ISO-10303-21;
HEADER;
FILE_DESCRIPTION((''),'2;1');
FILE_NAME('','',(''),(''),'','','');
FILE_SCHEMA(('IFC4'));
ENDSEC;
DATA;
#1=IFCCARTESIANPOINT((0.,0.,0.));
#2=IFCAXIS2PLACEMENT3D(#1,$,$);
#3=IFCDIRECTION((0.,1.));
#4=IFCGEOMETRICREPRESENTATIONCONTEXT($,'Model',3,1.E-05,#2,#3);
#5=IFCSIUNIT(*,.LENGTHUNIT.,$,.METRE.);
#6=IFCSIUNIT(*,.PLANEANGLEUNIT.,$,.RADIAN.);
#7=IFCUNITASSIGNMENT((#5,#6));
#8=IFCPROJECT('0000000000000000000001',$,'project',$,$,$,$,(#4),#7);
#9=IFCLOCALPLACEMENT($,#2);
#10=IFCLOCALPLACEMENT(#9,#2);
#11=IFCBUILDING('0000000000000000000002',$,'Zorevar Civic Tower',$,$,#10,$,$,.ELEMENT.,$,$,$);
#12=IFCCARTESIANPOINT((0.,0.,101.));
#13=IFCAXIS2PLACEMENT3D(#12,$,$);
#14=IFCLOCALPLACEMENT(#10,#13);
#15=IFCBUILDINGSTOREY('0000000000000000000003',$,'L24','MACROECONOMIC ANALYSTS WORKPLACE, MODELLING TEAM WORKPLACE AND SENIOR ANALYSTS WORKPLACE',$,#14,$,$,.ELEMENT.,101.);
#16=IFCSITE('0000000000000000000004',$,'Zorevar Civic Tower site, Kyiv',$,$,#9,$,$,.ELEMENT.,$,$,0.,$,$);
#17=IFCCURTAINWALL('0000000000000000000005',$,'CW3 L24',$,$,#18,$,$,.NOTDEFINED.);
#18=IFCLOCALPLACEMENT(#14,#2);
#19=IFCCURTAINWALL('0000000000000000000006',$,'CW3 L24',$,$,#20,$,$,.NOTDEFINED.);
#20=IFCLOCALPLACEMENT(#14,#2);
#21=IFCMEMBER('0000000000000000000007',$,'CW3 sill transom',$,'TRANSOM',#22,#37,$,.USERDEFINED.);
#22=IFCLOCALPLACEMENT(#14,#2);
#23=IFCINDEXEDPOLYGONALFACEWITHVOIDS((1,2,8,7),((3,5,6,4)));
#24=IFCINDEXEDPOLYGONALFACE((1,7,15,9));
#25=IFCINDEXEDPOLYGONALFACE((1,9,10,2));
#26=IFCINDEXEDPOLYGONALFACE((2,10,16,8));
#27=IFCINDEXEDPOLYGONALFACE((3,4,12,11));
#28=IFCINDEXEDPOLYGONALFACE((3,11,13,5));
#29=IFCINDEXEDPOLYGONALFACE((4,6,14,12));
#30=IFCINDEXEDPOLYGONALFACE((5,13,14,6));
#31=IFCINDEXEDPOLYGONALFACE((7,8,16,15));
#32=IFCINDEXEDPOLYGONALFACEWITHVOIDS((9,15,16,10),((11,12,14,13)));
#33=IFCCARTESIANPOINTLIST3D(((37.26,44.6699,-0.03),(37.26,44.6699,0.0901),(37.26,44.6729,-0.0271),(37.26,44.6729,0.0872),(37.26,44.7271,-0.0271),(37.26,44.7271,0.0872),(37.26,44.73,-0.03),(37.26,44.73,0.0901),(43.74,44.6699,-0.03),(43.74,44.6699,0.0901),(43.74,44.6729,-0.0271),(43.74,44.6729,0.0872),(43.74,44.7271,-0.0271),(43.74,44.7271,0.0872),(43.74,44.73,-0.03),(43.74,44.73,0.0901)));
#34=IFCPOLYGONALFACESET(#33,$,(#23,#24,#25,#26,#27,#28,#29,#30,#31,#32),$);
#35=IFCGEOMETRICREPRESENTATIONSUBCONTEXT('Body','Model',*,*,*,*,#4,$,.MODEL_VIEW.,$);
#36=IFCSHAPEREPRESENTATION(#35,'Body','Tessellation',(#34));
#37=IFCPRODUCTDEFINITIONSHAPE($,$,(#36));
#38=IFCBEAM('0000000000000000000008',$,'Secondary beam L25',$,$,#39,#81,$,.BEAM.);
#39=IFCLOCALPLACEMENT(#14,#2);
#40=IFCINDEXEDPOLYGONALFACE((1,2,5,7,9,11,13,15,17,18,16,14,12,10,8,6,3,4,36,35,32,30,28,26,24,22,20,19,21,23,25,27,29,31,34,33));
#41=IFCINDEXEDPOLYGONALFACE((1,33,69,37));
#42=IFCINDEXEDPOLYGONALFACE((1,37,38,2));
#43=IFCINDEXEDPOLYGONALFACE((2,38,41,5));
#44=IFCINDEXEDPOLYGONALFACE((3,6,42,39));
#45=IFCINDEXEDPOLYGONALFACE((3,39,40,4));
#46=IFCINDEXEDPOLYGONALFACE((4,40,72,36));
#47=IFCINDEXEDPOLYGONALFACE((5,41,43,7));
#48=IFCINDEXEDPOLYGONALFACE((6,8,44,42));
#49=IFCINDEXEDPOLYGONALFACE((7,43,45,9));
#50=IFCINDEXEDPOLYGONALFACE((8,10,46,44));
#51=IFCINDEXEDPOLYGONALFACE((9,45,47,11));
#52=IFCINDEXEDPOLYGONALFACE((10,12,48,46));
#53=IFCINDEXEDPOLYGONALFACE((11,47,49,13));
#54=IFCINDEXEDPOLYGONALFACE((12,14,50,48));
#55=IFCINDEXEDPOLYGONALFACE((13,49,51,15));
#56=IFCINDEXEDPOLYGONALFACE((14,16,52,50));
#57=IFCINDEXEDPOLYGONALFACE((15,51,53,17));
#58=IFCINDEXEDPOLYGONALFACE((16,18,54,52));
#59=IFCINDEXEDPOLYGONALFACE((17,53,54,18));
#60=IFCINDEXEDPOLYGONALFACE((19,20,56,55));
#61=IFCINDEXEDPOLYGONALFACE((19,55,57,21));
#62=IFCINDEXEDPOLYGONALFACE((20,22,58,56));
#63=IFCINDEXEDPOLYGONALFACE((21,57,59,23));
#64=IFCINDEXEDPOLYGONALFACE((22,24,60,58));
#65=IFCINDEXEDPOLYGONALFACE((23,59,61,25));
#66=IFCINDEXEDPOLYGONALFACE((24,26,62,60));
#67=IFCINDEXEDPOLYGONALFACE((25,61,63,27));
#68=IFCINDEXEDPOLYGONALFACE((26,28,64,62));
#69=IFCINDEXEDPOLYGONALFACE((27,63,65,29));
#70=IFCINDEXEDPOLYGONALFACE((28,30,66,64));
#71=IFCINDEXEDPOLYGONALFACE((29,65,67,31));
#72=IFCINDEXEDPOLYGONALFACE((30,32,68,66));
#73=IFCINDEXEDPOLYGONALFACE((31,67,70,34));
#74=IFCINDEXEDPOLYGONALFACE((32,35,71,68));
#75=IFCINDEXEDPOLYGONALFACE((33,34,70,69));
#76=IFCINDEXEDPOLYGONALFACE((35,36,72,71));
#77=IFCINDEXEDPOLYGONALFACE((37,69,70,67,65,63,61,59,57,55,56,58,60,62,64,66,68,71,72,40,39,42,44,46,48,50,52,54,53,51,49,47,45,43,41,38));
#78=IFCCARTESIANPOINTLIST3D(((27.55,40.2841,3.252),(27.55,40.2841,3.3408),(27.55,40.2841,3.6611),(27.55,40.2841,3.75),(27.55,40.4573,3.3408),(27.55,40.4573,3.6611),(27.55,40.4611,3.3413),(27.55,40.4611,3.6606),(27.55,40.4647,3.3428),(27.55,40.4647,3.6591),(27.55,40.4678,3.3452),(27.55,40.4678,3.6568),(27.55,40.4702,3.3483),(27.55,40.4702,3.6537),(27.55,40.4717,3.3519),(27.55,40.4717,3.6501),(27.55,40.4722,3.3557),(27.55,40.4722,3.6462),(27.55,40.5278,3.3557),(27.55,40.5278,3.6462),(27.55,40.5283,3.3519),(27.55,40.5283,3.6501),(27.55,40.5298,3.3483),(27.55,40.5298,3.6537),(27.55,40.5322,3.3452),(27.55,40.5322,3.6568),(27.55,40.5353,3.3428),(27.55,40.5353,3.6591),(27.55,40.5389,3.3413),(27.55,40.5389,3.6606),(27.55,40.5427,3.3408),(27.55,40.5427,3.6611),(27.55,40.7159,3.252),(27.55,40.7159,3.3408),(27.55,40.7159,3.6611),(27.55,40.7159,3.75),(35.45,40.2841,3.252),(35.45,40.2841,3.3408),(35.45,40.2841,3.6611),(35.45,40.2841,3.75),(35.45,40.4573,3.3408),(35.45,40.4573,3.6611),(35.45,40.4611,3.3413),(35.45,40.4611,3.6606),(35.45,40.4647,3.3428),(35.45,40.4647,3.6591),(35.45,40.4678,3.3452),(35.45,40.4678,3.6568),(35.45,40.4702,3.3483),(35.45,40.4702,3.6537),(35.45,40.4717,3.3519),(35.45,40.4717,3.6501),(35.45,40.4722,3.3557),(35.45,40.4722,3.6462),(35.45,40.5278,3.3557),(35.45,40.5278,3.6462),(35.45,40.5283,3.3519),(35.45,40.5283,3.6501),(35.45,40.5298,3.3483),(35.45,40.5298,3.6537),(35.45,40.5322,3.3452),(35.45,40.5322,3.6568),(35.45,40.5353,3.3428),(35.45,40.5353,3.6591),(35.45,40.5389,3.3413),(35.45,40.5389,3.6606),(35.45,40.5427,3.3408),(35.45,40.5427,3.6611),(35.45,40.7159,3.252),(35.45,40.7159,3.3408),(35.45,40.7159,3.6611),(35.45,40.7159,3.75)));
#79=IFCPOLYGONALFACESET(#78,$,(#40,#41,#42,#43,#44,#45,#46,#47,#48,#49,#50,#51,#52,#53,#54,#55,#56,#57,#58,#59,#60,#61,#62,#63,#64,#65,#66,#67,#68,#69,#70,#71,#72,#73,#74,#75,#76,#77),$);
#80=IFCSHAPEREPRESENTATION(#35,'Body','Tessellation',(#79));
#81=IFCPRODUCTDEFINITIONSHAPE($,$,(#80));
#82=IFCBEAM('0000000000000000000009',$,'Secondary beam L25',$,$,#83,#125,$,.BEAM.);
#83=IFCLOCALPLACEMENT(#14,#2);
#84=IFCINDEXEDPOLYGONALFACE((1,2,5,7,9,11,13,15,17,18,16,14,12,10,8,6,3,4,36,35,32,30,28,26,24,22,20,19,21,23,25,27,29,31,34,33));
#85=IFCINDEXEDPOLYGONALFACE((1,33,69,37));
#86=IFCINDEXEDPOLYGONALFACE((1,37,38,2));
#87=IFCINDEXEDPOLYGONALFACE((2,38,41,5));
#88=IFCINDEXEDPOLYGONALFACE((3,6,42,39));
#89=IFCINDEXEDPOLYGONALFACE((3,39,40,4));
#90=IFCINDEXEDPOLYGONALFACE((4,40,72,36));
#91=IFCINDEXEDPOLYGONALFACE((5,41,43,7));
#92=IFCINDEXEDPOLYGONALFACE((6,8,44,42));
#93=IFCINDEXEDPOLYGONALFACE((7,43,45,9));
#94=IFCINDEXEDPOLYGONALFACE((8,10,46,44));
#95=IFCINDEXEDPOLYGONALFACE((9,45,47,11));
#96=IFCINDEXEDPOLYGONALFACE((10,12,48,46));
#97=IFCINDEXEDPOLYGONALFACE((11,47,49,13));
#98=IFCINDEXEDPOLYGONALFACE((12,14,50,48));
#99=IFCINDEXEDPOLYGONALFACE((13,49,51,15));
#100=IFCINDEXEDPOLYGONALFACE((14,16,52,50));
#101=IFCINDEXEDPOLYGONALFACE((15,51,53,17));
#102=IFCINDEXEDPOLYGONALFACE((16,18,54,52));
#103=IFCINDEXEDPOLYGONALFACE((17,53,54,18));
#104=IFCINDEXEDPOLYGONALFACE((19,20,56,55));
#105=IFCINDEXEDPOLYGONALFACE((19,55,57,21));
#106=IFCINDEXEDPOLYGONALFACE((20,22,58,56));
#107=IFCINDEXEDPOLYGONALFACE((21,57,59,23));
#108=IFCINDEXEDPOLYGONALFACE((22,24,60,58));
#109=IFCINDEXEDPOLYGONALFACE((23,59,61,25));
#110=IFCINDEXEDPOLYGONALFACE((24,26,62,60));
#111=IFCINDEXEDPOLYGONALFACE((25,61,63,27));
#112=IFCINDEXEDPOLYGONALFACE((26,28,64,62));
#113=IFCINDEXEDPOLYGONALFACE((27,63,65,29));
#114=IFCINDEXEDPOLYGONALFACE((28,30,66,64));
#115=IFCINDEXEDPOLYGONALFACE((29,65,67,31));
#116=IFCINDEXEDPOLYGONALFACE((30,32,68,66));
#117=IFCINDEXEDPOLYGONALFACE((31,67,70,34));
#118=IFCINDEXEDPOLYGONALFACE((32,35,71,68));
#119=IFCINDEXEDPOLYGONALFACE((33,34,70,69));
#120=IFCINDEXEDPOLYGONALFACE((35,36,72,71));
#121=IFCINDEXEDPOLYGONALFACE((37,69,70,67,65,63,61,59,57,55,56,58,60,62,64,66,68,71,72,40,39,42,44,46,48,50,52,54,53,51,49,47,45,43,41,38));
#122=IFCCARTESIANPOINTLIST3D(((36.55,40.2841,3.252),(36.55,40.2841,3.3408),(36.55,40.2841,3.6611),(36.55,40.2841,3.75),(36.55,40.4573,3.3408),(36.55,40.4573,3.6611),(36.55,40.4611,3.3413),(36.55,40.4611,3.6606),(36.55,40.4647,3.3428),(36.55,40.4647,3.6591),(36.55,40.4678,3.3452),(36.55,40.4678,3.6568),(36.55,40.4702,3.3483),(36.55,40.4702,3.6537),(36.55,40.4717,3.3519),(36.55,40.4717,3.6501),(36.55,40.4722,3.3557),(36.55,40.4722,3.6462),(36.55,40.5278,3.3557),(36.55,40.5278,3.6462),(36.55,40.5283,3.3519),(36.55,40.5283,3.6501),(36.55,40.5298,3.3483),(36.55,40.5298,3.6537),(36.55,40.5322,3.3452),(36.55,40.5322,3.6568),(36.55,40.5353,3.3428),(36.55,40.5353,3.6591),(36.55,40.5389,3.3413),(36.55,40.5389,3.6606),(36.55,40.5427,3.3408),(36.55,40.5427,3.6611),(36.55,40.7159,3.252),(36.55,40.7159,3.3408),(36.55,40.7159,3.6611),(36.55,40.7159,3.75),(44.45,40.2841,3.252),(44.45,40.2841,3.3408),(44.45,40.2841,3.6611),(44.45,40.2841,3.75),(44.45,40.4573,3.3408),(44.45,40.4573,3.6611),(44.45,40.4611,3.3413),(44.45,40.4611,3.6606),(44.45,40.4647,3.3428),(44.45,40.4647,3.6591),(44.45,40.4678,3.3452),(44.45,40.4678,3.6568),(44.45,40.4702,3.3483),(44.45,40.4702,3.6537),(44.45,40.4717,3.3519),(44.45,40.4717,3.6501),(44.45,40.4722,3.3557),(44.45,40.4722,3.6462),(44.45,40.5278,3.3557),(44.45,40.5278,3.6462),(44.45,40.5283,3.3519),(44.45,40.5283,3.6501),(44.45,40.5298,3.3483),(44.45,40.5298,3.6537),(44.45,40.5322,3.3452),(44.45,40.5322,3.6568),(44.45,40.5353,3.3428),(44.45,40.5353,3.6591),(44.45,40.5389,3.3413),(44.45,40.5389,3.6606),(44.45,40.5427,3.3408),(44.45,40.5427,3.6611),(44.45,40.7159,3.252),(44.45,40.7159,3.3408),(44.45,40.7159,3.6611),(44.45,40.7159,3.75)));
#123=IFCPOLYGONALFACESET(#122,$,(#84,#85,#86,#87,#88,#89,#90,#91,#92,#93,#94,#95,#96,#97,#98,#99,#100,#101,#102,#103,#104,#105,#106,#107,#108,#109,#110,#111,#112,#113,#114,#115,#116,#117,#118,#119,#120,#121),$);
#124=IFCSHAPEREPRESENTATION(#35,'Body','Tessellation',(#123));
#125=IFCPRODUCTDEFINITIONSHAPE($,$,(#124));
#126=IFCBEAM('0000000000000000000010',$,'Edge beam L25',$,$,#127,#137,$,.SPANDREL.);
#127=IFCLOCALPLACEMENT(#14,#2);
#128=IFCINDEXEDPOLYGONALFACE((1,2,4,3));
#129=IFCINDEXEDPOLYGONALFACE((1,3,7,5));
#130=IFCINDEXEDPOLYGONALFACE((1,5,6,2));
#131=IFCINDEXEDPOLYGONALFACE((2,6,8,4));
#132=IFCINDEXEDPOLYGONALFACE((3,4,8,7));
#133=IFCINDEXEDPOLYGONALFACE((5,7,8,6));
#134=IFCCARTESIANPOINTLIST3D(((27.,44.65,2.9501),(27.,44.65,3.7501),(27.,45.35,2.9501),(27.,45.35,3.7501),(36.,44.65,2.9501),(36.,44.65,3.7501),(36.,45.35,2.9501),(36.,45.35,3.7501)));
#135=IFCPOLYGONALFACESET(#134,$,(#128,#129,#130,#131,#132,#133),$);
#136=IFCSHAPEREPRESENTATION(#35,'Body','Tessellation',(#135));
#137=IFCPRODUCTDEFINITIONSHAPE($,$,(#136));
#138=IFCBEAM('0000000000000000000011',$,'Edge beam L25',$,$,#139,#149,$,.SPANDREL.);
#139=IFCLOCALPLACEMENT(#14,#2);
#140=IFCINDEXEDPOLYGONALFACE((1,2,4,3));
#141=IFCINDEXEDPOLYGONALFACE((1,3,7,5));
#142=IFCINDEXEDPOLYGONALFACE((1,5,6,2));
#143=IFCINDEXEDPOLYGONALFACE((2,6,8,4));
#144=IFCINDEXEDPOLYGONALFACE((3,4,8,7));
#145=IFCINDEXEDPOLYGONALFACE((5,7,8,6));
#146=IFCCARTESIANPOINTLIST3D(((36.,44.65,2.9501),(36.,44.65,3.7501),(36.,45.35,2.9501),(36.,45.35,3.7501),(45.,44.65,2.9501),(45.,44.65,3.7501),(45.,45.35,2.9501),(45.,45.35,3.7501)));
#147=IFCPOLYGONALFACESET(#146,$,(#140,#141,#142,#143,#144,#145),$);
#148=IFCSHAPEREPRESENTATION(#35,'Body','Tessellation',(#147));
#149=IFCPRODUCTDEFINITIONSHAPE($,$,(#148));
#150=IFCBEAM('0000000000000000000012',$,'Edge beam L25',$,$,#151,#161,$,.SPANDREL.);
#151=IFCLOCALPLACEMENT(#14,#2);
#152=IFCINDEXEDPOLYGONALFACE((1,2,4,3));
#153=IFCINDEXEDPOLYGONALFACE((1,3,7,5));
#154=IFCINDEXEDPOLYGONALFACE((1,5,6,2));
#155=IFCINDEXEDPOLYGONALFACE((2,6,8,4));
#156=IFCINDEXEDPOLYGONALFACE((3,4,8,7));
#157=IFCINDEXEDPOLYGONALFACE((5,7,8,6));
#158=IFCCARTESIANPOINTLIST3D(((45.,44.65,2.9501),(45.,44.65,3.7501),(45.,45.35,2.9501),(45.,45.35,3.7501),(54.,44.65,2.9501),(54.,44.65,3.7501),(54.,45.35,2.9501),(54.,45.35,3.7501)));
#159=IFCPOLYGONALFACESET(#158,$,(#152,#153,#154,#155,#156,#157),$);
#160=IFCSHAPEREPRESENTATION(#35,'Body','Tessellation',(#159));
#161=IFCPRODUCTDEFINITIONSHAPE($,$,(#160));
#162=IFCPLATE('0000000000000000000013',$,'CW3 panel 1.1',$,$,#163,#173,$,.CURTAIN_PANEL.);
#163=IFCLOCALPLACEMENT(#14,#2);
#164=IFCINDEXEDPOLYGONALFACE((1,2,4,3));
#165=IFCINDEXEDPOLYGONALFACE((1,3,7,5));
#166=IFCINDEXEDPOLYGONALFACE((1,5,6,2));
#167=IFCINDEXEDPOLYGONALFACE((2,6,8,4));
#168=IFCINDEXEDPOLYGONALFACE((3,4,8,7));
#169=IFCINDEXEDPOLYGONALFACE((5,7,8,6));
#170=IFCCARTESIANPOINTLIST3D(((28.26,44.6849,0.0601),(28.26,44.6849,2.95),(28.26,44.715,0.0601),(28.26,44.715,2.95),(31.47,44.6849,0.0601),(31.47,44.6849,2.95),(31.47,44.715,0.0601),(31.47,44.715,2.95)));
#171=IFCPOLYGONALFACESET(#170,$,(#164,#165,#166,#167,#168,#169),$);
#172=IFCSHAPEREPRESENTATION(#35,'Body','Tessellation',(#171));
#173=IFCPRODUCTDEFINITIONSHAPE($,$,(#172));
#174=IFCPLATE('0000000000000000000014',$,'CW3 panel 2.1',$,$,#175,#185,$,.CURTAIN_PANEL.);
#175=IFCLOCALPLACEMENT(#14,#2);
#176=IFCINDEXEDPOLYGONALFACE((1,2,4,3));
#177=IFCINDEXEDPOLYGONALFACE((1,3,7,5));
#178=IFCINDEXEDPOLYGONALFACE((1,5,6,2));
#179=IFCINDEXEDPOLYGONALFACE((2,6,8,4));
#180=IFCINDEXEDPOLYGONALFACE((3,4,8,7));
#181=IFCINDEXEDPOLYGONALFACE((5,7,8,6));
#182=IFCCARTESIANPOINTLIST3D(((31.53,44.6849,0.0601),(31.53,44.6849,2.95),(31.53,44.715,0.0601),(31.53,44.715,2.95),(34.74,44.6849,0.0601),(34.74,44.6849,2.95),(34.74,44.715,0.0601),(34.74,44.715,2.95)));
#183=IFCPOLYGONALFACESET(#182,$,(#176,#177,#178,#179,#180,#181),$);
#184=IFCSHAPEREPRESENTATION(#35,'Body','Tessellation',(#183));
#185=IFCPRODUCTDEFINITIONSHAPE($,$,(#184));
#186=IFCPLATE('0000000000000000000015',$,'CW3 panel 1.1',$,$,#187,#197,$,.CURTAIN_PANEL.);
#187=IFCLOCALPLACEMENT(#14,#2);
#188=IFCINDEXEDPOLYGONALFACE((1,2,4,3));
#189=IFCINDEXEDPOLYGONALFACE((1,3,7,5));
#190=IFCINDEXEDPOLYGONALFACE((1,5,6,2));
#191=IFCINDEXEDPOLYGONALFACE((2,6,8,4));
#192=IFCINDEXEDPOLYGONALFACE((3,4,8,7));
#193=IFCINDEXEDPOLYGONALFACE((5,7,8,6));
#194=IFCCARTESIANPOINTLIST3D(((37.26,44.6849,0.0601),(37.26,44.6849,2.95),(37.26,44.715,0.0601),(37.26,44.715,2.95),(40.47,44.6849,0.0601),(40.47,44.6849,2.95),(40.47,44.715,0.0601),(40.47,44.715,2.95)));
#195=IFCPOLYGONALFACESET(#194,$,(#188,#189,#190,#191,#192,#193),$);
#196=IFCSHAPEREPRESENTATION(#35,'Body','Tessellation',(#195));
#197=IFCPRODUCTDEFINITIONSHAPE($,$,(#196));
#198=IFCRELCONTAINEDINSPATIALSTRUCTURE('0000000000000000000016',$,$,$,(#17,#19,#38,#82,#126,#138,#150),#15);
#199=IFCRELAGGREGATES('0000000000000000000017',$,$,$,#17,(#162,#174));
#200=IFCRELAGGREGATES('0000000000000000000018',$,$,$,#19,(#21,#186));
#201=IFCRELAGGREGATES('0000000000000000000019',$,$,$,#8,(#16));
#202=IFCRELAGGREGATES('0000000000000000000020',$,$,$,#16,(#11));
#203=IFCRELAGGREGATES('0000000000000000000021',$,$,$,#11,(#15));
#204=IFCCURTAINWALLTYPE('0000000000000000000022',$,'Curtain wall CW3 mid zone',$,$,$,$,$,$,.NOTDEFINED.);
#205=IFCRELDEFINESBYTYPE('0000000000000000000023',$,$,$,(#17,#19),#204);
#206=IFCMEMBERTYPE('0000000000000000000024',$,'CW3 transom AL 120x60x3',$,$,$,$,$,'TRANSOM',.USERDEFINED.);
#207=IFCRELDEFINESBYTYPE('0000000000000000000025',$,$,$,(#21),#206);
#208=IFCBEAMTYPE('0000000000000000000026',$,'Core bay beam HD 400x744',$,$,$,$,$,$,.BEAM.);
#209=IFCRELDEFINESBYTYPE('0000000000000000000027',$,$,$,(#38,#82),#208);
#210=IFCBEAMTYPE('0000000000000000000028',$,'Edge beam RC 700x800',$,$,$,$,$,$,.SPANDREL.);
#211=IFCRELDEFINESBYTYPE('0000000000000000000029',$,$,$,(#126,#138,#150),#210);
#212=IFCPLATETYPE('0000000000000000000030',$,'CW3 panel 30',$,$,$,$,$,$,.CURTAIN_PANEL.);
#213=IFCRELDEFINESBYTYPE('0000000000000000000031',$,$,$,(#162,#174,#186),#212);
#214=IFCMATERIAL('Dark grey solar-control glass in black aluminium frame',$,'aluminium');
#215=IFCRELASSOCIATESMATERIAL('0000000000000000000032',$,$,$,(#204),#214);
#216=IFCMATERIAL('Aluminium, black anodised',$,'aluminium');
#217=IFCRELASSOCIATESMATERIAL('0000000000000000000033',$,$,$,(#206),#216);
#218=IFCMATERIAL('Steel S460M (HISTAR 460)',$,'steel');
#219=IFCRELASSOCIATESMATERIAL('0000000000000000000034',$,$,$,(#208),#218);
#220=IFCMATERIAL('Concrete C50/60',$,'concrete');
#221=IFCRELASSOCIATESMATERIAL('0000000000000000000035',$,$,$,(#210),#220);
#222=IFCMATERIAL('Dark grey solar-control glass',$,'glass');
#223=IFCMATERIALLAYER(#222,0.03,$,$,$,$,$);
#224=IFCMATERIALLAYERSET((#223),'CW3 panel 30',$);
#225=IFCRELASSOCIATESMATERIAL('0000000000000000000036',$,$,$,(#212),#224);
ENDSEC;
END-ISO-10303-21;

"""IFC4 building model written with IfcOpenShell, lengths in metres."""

from ifc_helpers import new_model, si_unit, direction, frame, origin, origin_2d, place, context, subcontext, project, spatial, rectangle, hollow_rectangle, i_section, extrude, material, layer, layer_set, material_profile, profile_set, type_object, element, aggregate, save


model = new_model("IFC4")

# Units and contexts
model_context = context("Model", 3, precision=1e-05, world=origin(), true_north=direction((0.0, 1.0)))
body_context = subcontext(model_context, "Body", "Model", "MODEL_VIEW")
ifc_project = project(units=[si_unit("LENGTHUNIT", "METRE"), si_unit("PLANEANGLEUNIT", "RADIAN")], contexts=[model_context])

# Site, building, storey
site_placement = place(None, origin())
site = spatial("IfcSite", under=ifc_project, at=site_placement, Name="Zorevar Civic Tower site, Kyiv", CompositionType="ELEMENT", RefElevation=0.0)
building_placement = place(site_placement, origin())
building = spatial("IfcBuilding", under=site, at=building_placement, Name="Zorevar Civic Tower", CompositionType="ELEMENT")
storey_placement = place(building_placement, frame((0.0, 0.0, 101.0)))
storey = spatial("IfcBuildingStorey", under=building, at=storey_placement, Name="L24", Description="MACROECONOMIC ANALYSTS WORKPLACE, MODELLING TEAM WORKPLACE AND SENIOR ANALYSTS WORKPLACE", CompositionType="ELEMENT", Elevation=101.0)

# Curtain walls
ifc_material_1 = material(Name="Dark grey solar-control glass in black aluminium frame", Category="aluminium")
curtain_wall_type = type_object("IfcCurtainWallType", Name="Curtain wall CW3 mid zone", PredefinedType="NOTDEFINED", material=ifc_material_1)
curtain_wall_1_placement = place(storey_placement, origin())
curtain_wall_1 = element("IfcCurtainWall", 1, at=curtain_wall_1_placement, inside=storey, type_object=curtain_wall_type, Name="CW3 L24", PredefinedType="NOTDEFINED")
curtain_wall_2_placement = place(storey_placement, origin())
curtain_wall_2 = element("IfcCurtainWall", 2, at=curtain_wall_2_placement, inside=storey, type_object=curtain_wall_type, Name="CW3 L24", PredefinedType="NOTDEFINED")

# Member
ifc_material_2 = material(Name="Aluminium, black anodised", Category="aluminium")
ifc_material_profile_1 = material_profile(ifc_material_2, hollow_rectangle(XDim=0.0601, YDim=0.1201, WallThickness=0.0029, at=origin_2d()), Name="AL 120x60x3")
ifc_profile_set_1 = profile_set([ifc_material_profile_1], Name="Aluminium, black anodised")
member_type_1 = type_object("IfcMemberType", Name="CW3 transom AL 120x60x3", ElementType="TRANSOM", PredefinedType="USERDEFINED", material=ifc_profile_set_1)
member_1_placement = place(storey_placement, frame((37.26, 44.7, 0.03), z_axis=(1.0, 0.0, 0.0), x_axis=(0.0, 1.0, 0.0)))
member_1 = element("IfcMember", 3, at=member_1_placement, type_object=member_type_1, Name="CW3 sill transom", ObjectType="TRANSOM", PredefinedType="USERDEFINED", context=body_context, shape_type="SweptSolid", body=[
    extrude(hollow_rectangle(XDim=0.0601, YDim=0.1201, WallThickness=0.0029, at=origin_2d()), origin(), (0.0, 0.0, 1.0), 6.48),
])

# Beams
ifc_material_3 = material(Name="Steel S460M (HISTAR 460)", Category="steel")
ifc_material_profile_2 = material_profile(ifc_material_3, i_section(OverallWidth=0.4319, OverallDepth=0.498, WebThickness=0.0557, FlangeThickness=0.0889, FilletRadius=0.0149, at=origin_2d()), Name="HD 400x744")
ifc_profile_set_2 = profile_set([ifc_material_profile_2], Name="Steel S460M (HISTAR 460)")
beam_type_1 = type_object("IfcBeamType", Name="Core bay beam HD 400x744", PredefinedType="BEAM", material=ifc_profile_set_2)
for number, where, z_axis, x_axis, name in (
    (4, (27.55, 40.5, 3.501), (1.0, 0.0, 0.0), (0.0, 1.0, 0.0), "Secondary beam L25"),
    (5, (36.55, 40.5, 3.501), (1.0, 0.0, 0.0), (0.0, 1.0, 0.0), "Secondary beam L25"),
):
    element("IfcBeam", number, at=place(storey_placement, frame(where, z_axis=z_axis, x_axis=x_axis)), inside=storey, type_object=beam_type_1, Name=name, PredefinedType="BEAM", context=body_context, shape_type="SweptSolid", body=[
        extrude(i_section(OverallWidth=0.4319, OverallDepth=0.498, WebThickness=0.0557, FlangeThickness=0.0889, FilletRadius=0.0149, at=origin_2d()), origin(), (0.0, 0.0, 1.0), 7.8999),
    ])
ifc_material_4 = material(Name="Concrete C50/60", Category="concrete")
ifc_material_profile_3 = material_profile(ifc_material_4, rectangle(XDim=0.7, YDim=0.8, at=origin_2d()), Name="RC 700x800")
ifc_profile_set_3 = profile_set([ifc_material_profile_3], Name="Concrete C50/60")
beam_type_2 = type_object("IfcBeamType", Name="Edge beam RC 700x800", PredefinedType="SPANDREL", material=ifc_profile_set_3)
for number, where, z_axis, x_axis, name in (
    (6, (27.0, 45.0, 3.3501), (1.0, 0.0, 0.0), (0.0, 1.0, 0.0), "Edge beam L25"),
    (7, (36.0, 45.0, 3.3501), (1.0, 0.0, 0.0), (0.0, 1.0, 0.0), "Edge beam L25"),
    (8, (45.0, 45.0, 3.3501), (1.0, 0.0, 0.0), (0.0, 1.0, 0.0), "Edge beam L25"),
):
    element("IfcBeam", number, at=place(storey_placement, frame(where, z_axis=z_axis, x_axis=x_axis)), inside=storey, type_object=beam_type_2, Name=name, PredefinedType="SPANDREL", context=body_context, shape_type="SweptSolid", body=[
        extrude(rectangle(XDim=0.7, YDim=0.8, at=origin_2d()), origin(), (0.0, 0.0, 1.0), 9.0),
    ])

# Plates
ifc_material_5 = material(Name="Dark grey solar-control glass", Category="glass")
ifc_layer_1 = layer(ifc_material_5, 0.03)
ifc_layer_set_1 = layer_set([ifc_layer_1], Name="CW3 panel 30")
plate_type = type_object("IfcPlateType", Name="CW3 panel 30", PredefinedType="CURTAIN_PANEL", material=ifc_layer_set_1)
plate_1_placement = place(storey_placement, frame((29.865, 44.7, 0.0601), z_axis=(0.0, 0.0, 1.0), x_axis=(1.0, 0.0, 0.0)))
plate_1 = element("IfcPlate", 9, at=plate_1_placement, type_object=plate_type, Name="CW3 panel 1.1", PredefinedType="CURTAIN_PANEL", context=body_context, shape_type="SweptSolid", body=[
    extrude(rectangle(XDim=3.21, YDim=0.03, at=origin_2d()), origin(), (0.0, 0.0, 1.0), 2.8899),
])
plate_2_placement = place(storey_placement, frame((33.135, 44.7, 0.0601), z_axis=(0.0, 0.0, 1.0), x_axis=(1.0, 0.0, 0.0)))
plate_2 = element("IfcPlate", 10, at=plate_2_placement, type_object=plate_type, Name="CW3 panel 2.1", PredefinedType="CURTAIN_PANEL", context=body_context, shape_type="SweptSolid", body=[
    extrude(rectangle(XDim=3.21, YDim=0.03, at=origin_2d()), origin(), (0.0, 0.0, 1.0), 2.8899),
])
aggregate(curtain_wall_1, [plate_1, plate_2])
plate_3_placement = place(storey_placement, frame((38.865, 44.7, 0.0601), z_axis=(0.0, 0.0, 1.0), x_axis=(1.0, 0.0, 0.0)))
plate_3 = element("IfcPlate", 11, at=plate_3_placement, type_object=plate_type, Name="CW3 panel 1.1", PredefinedType="CURTAIN_PANEL", context=body_context, shape_type="SweptSolid", body=[
    extrude(rectangle(XDim=3.21, YDim=0.03, at=origin_2d()), origin(), (0.0, 0.0, 1.0), 2.8899),
])
aggregate(curtain_wall_2, [member_1, plate_3])

save(model, "model.ifc")
